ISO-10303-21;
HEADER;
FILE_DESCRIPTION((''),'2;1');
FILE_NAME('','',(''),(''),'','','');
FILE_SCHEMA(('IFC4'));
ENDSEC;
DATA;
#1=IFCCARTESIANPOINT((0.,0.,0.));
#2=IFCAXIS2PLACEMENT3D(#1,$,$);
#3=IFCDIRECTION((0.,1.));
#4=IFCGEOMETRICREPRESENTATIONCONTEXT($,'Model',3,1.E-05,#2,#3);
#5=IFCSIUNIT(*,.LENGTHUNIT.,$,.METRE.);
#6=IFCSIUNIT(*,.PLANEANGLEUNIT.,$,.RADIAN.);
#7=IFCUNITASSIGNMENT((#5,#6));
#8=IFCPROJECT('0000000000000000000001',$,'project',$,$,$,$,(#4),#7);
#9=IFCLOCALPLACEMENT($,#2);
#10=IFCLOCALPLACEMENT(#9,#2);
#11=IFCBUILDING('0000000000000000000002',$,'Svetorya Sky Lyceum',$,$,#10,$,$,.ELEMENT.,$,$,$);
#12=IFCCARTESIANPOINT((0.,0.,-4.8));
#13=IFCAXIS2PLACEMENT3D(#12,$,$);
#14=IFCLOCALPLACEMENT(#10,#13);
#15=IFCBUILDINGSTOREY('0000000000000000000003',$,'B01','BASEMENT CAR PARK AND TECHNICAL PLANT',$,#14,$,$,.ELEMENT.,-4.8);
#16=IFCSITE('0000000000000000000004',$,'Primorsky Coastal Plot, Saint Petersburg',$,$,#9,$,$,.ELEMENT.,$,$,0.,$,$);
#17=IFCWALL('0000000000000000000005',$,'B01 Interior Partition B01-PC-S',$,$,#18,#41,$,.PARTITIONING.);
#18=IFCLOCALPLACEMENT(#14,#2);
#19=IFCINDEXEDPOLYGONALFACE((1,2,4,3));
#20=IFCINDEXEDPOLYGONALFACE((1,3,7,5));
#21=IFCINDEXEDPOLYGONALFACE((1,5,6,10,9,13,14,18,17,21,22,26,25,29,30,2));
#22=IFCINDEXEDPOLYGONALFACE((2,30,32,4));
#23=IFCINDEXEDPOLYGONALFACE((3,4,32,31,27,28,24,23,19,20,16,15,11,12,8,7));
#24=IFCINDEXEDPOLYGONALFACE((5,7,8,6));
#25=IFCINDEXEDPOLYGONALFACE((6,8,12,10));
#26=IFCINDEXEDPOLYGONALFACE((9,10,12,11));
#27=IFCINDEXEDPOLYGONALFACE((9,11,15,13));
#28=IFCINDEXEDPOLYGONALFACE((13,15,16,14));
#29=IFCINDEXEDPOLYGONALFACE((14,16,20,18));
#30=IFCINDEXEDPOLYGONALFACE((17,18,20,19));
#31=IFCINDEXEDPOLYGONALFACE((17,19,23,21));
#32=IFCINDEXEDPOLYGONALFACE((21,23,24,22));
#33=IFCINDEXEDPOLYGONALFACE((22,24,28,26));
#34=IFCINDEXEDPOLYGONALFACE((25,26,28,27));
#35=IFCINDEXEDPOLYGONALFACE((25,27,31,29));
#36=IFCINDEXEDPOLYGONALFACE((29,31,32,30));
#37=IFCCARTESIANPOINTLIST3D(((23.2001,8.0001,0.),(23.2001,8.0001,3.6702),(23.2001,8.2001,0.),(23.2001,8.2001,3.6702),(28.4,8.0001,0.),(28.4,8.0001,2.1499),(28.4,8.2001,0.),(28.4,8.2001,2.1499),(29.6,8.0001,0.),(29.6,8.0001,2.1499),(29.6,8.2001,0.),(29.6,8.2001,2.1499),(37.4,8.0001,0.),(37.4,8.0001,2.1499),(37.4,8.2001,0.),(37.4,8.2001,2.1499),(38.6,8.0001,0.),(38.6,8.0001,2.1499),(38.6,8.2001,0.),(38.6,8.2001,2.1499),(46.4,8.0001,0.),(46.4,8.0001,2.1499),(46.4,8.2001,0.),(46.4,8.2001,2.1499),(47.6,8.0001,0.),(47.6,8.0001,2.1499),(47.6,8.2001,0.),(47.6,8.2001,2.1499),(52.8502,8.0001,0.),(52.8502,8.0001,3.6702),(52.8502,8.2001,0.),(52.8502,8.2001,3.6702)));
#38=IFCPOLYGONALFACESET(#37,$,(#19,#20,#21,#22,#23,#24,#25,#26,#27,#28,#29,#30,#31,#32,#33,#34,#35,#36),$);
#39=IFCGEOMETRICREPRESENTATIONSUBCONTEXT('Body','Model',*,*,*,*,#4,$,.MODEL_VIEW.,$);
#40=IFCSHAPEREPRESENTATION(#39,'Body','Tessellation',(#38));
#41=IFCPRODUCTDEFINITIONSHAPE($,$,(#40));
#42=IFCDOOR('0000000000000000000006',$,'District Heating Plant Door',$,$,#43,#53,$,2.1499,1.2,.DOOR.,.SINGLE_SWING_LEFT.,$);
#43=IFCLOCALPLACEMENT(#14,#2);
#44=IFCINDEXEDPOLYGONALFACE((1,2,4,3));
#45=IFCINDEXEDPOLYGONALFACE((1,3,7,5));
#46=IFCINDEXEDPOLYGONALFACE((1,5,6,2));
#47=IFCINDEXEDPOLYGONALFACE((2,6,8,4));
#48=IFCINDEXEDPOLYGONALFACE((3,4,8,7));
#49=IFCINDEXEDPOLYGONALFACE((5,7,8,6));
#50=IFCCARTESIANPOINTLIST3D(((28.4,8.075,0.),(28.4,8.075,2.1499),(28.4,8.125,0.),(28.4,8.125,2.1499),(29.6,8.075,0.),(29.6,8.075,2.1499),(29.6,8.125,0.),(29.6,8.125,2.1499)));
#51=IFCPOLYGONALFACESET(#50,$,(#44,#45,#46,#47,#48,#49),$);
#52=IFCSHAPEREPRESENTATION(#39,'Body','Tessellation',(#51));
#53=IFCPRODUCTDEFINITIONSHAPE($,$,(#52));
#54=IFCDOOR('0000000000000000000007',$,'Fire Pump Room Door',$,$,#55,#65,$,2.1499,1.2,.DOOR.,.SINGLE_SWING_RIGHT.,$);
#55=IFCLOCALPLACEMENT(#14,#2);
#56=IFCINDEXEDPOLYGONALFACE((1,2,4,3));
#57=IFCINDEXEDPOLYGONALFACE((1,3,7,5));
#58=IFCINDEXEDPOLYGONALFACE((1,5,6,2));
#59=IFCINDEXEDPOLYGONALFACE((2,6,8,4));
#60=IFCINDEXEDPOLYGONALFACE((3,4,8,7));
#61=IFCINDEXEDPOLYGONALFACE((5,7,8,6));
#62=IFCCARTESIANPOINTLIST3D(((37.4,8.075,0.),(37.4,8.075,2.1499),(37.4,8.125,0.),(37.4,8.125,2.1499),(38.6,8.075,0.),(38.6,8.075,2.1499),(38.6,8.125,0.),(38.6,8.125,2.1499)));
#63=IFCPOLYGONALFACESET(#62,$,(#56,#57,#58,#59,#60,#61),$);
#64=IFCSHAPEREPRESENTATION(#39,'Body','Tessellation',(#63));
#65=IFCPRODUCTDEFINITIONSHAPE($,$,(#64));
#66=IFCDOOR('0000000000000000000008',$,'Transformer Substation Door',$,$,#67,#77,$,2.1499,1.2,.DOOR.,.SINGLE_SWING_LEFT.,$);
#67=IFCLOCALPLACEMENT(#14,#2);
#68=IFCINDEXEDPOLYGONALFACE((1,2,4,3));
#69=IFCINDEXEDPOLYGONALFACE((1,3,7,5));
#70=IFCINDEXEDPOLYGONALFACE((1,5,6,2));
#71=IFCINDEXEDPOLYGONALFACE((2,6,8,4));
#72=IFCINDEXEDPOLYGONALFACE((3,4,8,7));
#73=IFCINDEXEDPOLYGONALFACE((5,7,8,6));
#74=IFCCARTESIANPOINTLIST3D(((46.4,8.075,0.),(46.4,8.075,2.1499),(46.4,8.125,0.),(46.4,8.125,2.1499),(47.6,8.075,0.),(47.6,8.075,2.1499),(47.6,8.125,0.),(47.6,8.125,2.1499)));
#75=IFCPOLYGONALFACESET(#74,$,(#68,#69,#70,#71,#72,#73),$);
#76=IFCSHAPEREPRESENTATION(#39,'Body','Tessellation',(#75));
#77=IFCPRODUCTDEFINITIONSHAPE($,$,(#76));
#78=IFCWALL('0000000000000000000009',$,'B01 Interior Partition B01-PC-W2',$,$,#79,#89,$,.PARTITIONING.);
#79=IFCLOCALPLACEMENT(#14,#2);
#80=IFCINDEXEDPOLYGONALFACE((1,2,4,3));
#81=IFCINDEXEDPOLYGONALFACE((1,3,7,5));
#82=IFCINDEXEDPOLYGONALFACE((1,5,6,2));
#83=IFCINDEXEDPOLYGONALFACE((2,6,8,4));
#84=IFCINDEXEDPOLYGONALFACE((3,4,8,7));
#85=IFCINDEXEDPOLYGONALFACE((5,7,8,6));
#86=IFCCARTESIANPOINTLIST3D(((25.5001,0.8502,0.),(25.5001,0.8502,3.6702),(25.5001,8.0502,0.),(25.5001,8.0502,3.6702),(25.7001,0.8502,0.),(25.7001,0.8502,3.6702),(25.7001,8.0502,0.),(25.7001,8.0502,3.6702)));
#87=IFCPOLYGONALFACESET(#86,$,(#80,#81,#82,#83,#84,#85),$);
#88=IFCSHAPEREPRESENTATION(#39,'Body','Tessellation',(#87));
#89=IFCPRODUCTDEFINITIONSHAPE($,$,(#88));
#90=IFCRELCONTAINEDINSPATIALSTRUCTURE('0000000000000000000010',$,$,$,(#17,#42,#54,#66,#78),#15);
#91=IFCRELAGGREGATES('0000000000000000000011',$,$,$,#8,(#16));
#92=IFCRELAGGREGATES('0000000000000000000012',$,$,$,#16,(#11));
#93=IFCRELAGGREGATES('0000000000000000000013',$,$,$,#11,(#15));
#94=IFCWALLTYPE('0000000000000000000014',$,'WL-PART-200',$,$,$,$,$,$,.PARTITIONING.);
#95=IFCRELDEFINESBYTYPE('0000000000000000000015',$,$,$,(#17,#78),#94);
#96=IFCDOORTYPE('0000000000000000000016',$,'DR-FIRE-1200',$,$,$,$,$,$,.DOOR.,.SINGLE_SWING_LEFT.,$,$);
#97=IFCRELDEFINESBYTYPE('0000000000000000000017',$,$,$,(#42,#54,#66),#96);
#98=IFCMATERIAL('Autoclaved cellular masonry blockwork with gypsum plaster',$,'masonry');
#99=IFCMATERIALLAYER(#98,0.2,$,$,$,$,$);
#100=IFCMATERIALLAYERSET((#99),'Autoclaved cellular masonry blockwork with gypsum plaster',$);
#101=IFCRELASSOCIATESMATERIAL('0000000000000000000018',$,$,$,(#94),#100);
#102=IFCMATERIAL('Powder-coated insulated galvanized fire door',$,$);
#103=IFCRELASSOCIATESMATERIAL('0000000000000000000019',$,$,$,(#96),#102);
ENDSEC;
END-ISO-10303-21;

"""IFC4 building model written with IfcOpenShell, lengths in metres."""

from ifc_helpers import new_model, si_unit, direction, frame, frame_2d, origin, place, context, subcontext, project, spatial, rectangle, extrude, material, layer, layer_set, type_object, element, fill, save


model = new_model("IFC4")

# Units and contexts
model_context = context("Model", 3, precision=1e-05, world=origin(), true_north=direction((0.0, 1.0)))
body_context = subcontext(model_context, "Body", "Model", "MODEL_VIEW")
ifc_project = project(units=[si_unit("LENGTHUNIT", "METRE"), si_unit("PLANEANGLEUNIT", "RADIAN")], contexts=[model_context])

# Site, building, storey
site_placement = place(None, origin())
site = spatial("IfcSite", under=ifc_project, at=site_placement, Name="Primorsky Coastal Plot, Saint Petersburg", CompositionType="ELEMENT", RefElevation=0.0)
building_placement = place(site_placement, origin())
building = spatial("IfcBuilding", under=site, at=building_placement, Name="Svetorya Sky Lyceum", CompositionType="ELEMENT")
storey_placement = place(building_placement, frame((0.0, 0.0, -4.8)))
storey = spatial("IfcBuildingStorey", under=building, at=storey_placement, Name="B01", Description="BASEMENT CAR PARK AND TECHNICAL PLANT", CompositionType="ELEMENT", Elevation=-4.8)

# Shared definitions
ifc_material_1 = material(Name="Autoclaved cellular masonry blockwork with gypsum plaster", Category="masonry")
ifc_layer = layer(ifc_material_1, 0.2)
ifc_layer_set = layer_set([ifc_layer], Name="Autoclaved cellular masonry blockwork with gypsum plaster")
wall_type = type_object("IfcWallType", Name="WL-PART-200", PredefinedType="PARTITIONING", material=ifc_layer_set)
ifc_material_2 = material(Name="Powder-coated insulated galvanized fire door")
door_type = type_object("IfcDoorType", Name="DR-FIRE-1200", OperationType="SINGLE_SWING_LEFT", PredefinedType="DOOR", material=ifc_material_2)

# Wall, openings, doors
wall_1_placement = place(storey_placement, frame((23.2, 8.1001, 0.0), z_axis=(0.0, 0.0, 1.0), x_axis=(1.0, 0.0, 0.0)))
wall_1 = element("IfcWall", 1, at=wall_1_placement, inside=storey, type_object=wall_type, Name="B01 Interior Partition B01-PC-S", PredefinedType="PARTITIONING", context=body_context, shape_type="SweptSolid", body=[
    extrude(rectangle(XDim=29.6501, YDim=0.2, at=frame_2d((14.8252, 0.0))), origin(), (0.0, 0.0, 1.0), 3.6702),
])
opening_1_placement = place(wall_1_placement, frame((5.2, 0.0, 0.0)))
opening_1 = element("IfcOpeningElement", 2, at=opening_1_placement, cuts=wall_1, PredefinedType="OPENING", context=body_context, shape_type="SweptSolid", body=[
    extrude(rectangle(XDim=1.2, YDim=2.1499, at=frame_2d((0.6001, 1.075))), frame((0.0, 0.1099, 0.0), z_axis=(0.0, -1.0, 0.0), x_axis=(1.0, 0.0, 0.0)), (0.0, 0.0, 1.0), 0.22),
])
opening_2_placement = place(wall_1_placement, frame((14.2, 0.0, 0.0)))
opening_2 = element("IfcOpeningElement", 3, at=opening_2_placement, cuts=wall_1, PredefinedType="OPENING", context=body_context, shape_type="SweptSolid", body=[
    extrude(rectangle(XDim=1.2, YDim=2.1499, at=frame_2d((0.6001, 1.075))), frame((0.0, 0.1099, 0.0), z_axis=(0.0, -1.0, 0.0), x_axis=(1.0, 0.0, 0.0)), (0.0, 0.0, 1.0), 0.22),
])
opening_3_placement = place(wall_1_placement, frame((23.2, 0.0, 0.0)))
opening_3 = element("IfcOpeningElement", 4, at=opening_3_placement, cuts=wall_1, PredefinedType="OPENING", context=body_context, shape_type="SweptSolid", body=[
    extrude(rectangle(XDim=1.2, YDim=2.1499, at=frame_2d((0.6001, 1.075))), frame((0.0, 0.1099, 0.0), z_axis=(0.0, -1.0, 0.0), x_axis=(1.0, 0.0, 0.0)), (0.0, 0.0, 1.0), 0.22),
])
door_1_placement = place(opening_1_placement, origin())
door_1 = element("IfcDoor", 5, at=door_1_placement, inside=storey, type_object=door_type, Name="District Heating Plant Door", OperationType="SINGLE_SWING_LEFT", OverallHeight=2.1499, OverallWidth=1.2, PredefinedType="DOOR", context=body_context, shape_type="SweptSolid", body=[
    extrude(rectangle(XDim=1.2, YDim=2.1499, at=frame_2d((0.6001, 1.075))), frame((0.0, 0.0249, 0.0), z_axis=(0.0, -1.0, 0.0), x_axis=(1.0, 0.0, 0.0)), (0.0, 0.0, 1.0), 0.05),
])
fill(opening_1, door_1)
door_2_placement = place(opening_2_placement, origin())
door_2 = element("IfcDoor", 6, at=door_2_placement, inside=storey, type_object=door_type, Name="Fire Pump Room Door", OperationType="SINGLE_SWING_RIGHT", OverallHeight=2.1499, OverallWidth=1.2, PredefinedType="DOOR", context=body_context, shape_type="SweptSolid", body=[
    extrude(rectangle(XDim=1.2, YDim=2.1499, at=frame_2d((0.6001, 1.075))), frame((0.0, 0.0249, 0.0), z_axis=(0.0, -1.0, 0.0), x_axis=(1.0, 0.0, 0.0)), (0.0, 0.0, 1.0), 0.05),
])
fill(opening_2, door_2)
door_3_placement = place(opening_3_placement, origin())
door_3 = element("IfcDoor", 7, at=door_3_placement, inside=storey, type_object=door_type, Name="Transformer Substation Door", OperationType="SINGLE_SWING_LEFT", OverallHeight=2.1499, OverallWidth=1.2, PredefinedType="DOOR", context=body_context, shape_type="SweptSolid", body=[
    extrude(rectangle(XDim=1.2, YDim=2.1499, at=frame_2d((0.6001, 1.075))), frame((0.0, 0.0249, 0.0), z_axis=(0.0, -1.0, 0.0), x_axis=(1.0, 0.0, 0.0)), (0.0, 0.0, 1.0), 0.05),
])
fill(opening_3, door_3)

# Wall
wall_2_placement = place(storey_placement, frame((25.6001, 0.8501, 0.0), z_axis=(0.0, 0.0, 1.0), x_axis=(0.0, 1.0, 0.0)))
element("IfcWall", 8, at=wall_2_placement, inside=storey, type_object=wall_type, Name="B01 Interior Partition B01-PC-W2", PredefinedType="PARTITIONING", context=body_context, shape_type="SweptSolid", body=[
    extrude(rectangle(XDim=7.2, YDim=0.2, at=frame_2d((3.6001, 0.0))), origin(), (0.0, 0.0, 1.0), 3.6702),
])

save(model, "model.ifc")
